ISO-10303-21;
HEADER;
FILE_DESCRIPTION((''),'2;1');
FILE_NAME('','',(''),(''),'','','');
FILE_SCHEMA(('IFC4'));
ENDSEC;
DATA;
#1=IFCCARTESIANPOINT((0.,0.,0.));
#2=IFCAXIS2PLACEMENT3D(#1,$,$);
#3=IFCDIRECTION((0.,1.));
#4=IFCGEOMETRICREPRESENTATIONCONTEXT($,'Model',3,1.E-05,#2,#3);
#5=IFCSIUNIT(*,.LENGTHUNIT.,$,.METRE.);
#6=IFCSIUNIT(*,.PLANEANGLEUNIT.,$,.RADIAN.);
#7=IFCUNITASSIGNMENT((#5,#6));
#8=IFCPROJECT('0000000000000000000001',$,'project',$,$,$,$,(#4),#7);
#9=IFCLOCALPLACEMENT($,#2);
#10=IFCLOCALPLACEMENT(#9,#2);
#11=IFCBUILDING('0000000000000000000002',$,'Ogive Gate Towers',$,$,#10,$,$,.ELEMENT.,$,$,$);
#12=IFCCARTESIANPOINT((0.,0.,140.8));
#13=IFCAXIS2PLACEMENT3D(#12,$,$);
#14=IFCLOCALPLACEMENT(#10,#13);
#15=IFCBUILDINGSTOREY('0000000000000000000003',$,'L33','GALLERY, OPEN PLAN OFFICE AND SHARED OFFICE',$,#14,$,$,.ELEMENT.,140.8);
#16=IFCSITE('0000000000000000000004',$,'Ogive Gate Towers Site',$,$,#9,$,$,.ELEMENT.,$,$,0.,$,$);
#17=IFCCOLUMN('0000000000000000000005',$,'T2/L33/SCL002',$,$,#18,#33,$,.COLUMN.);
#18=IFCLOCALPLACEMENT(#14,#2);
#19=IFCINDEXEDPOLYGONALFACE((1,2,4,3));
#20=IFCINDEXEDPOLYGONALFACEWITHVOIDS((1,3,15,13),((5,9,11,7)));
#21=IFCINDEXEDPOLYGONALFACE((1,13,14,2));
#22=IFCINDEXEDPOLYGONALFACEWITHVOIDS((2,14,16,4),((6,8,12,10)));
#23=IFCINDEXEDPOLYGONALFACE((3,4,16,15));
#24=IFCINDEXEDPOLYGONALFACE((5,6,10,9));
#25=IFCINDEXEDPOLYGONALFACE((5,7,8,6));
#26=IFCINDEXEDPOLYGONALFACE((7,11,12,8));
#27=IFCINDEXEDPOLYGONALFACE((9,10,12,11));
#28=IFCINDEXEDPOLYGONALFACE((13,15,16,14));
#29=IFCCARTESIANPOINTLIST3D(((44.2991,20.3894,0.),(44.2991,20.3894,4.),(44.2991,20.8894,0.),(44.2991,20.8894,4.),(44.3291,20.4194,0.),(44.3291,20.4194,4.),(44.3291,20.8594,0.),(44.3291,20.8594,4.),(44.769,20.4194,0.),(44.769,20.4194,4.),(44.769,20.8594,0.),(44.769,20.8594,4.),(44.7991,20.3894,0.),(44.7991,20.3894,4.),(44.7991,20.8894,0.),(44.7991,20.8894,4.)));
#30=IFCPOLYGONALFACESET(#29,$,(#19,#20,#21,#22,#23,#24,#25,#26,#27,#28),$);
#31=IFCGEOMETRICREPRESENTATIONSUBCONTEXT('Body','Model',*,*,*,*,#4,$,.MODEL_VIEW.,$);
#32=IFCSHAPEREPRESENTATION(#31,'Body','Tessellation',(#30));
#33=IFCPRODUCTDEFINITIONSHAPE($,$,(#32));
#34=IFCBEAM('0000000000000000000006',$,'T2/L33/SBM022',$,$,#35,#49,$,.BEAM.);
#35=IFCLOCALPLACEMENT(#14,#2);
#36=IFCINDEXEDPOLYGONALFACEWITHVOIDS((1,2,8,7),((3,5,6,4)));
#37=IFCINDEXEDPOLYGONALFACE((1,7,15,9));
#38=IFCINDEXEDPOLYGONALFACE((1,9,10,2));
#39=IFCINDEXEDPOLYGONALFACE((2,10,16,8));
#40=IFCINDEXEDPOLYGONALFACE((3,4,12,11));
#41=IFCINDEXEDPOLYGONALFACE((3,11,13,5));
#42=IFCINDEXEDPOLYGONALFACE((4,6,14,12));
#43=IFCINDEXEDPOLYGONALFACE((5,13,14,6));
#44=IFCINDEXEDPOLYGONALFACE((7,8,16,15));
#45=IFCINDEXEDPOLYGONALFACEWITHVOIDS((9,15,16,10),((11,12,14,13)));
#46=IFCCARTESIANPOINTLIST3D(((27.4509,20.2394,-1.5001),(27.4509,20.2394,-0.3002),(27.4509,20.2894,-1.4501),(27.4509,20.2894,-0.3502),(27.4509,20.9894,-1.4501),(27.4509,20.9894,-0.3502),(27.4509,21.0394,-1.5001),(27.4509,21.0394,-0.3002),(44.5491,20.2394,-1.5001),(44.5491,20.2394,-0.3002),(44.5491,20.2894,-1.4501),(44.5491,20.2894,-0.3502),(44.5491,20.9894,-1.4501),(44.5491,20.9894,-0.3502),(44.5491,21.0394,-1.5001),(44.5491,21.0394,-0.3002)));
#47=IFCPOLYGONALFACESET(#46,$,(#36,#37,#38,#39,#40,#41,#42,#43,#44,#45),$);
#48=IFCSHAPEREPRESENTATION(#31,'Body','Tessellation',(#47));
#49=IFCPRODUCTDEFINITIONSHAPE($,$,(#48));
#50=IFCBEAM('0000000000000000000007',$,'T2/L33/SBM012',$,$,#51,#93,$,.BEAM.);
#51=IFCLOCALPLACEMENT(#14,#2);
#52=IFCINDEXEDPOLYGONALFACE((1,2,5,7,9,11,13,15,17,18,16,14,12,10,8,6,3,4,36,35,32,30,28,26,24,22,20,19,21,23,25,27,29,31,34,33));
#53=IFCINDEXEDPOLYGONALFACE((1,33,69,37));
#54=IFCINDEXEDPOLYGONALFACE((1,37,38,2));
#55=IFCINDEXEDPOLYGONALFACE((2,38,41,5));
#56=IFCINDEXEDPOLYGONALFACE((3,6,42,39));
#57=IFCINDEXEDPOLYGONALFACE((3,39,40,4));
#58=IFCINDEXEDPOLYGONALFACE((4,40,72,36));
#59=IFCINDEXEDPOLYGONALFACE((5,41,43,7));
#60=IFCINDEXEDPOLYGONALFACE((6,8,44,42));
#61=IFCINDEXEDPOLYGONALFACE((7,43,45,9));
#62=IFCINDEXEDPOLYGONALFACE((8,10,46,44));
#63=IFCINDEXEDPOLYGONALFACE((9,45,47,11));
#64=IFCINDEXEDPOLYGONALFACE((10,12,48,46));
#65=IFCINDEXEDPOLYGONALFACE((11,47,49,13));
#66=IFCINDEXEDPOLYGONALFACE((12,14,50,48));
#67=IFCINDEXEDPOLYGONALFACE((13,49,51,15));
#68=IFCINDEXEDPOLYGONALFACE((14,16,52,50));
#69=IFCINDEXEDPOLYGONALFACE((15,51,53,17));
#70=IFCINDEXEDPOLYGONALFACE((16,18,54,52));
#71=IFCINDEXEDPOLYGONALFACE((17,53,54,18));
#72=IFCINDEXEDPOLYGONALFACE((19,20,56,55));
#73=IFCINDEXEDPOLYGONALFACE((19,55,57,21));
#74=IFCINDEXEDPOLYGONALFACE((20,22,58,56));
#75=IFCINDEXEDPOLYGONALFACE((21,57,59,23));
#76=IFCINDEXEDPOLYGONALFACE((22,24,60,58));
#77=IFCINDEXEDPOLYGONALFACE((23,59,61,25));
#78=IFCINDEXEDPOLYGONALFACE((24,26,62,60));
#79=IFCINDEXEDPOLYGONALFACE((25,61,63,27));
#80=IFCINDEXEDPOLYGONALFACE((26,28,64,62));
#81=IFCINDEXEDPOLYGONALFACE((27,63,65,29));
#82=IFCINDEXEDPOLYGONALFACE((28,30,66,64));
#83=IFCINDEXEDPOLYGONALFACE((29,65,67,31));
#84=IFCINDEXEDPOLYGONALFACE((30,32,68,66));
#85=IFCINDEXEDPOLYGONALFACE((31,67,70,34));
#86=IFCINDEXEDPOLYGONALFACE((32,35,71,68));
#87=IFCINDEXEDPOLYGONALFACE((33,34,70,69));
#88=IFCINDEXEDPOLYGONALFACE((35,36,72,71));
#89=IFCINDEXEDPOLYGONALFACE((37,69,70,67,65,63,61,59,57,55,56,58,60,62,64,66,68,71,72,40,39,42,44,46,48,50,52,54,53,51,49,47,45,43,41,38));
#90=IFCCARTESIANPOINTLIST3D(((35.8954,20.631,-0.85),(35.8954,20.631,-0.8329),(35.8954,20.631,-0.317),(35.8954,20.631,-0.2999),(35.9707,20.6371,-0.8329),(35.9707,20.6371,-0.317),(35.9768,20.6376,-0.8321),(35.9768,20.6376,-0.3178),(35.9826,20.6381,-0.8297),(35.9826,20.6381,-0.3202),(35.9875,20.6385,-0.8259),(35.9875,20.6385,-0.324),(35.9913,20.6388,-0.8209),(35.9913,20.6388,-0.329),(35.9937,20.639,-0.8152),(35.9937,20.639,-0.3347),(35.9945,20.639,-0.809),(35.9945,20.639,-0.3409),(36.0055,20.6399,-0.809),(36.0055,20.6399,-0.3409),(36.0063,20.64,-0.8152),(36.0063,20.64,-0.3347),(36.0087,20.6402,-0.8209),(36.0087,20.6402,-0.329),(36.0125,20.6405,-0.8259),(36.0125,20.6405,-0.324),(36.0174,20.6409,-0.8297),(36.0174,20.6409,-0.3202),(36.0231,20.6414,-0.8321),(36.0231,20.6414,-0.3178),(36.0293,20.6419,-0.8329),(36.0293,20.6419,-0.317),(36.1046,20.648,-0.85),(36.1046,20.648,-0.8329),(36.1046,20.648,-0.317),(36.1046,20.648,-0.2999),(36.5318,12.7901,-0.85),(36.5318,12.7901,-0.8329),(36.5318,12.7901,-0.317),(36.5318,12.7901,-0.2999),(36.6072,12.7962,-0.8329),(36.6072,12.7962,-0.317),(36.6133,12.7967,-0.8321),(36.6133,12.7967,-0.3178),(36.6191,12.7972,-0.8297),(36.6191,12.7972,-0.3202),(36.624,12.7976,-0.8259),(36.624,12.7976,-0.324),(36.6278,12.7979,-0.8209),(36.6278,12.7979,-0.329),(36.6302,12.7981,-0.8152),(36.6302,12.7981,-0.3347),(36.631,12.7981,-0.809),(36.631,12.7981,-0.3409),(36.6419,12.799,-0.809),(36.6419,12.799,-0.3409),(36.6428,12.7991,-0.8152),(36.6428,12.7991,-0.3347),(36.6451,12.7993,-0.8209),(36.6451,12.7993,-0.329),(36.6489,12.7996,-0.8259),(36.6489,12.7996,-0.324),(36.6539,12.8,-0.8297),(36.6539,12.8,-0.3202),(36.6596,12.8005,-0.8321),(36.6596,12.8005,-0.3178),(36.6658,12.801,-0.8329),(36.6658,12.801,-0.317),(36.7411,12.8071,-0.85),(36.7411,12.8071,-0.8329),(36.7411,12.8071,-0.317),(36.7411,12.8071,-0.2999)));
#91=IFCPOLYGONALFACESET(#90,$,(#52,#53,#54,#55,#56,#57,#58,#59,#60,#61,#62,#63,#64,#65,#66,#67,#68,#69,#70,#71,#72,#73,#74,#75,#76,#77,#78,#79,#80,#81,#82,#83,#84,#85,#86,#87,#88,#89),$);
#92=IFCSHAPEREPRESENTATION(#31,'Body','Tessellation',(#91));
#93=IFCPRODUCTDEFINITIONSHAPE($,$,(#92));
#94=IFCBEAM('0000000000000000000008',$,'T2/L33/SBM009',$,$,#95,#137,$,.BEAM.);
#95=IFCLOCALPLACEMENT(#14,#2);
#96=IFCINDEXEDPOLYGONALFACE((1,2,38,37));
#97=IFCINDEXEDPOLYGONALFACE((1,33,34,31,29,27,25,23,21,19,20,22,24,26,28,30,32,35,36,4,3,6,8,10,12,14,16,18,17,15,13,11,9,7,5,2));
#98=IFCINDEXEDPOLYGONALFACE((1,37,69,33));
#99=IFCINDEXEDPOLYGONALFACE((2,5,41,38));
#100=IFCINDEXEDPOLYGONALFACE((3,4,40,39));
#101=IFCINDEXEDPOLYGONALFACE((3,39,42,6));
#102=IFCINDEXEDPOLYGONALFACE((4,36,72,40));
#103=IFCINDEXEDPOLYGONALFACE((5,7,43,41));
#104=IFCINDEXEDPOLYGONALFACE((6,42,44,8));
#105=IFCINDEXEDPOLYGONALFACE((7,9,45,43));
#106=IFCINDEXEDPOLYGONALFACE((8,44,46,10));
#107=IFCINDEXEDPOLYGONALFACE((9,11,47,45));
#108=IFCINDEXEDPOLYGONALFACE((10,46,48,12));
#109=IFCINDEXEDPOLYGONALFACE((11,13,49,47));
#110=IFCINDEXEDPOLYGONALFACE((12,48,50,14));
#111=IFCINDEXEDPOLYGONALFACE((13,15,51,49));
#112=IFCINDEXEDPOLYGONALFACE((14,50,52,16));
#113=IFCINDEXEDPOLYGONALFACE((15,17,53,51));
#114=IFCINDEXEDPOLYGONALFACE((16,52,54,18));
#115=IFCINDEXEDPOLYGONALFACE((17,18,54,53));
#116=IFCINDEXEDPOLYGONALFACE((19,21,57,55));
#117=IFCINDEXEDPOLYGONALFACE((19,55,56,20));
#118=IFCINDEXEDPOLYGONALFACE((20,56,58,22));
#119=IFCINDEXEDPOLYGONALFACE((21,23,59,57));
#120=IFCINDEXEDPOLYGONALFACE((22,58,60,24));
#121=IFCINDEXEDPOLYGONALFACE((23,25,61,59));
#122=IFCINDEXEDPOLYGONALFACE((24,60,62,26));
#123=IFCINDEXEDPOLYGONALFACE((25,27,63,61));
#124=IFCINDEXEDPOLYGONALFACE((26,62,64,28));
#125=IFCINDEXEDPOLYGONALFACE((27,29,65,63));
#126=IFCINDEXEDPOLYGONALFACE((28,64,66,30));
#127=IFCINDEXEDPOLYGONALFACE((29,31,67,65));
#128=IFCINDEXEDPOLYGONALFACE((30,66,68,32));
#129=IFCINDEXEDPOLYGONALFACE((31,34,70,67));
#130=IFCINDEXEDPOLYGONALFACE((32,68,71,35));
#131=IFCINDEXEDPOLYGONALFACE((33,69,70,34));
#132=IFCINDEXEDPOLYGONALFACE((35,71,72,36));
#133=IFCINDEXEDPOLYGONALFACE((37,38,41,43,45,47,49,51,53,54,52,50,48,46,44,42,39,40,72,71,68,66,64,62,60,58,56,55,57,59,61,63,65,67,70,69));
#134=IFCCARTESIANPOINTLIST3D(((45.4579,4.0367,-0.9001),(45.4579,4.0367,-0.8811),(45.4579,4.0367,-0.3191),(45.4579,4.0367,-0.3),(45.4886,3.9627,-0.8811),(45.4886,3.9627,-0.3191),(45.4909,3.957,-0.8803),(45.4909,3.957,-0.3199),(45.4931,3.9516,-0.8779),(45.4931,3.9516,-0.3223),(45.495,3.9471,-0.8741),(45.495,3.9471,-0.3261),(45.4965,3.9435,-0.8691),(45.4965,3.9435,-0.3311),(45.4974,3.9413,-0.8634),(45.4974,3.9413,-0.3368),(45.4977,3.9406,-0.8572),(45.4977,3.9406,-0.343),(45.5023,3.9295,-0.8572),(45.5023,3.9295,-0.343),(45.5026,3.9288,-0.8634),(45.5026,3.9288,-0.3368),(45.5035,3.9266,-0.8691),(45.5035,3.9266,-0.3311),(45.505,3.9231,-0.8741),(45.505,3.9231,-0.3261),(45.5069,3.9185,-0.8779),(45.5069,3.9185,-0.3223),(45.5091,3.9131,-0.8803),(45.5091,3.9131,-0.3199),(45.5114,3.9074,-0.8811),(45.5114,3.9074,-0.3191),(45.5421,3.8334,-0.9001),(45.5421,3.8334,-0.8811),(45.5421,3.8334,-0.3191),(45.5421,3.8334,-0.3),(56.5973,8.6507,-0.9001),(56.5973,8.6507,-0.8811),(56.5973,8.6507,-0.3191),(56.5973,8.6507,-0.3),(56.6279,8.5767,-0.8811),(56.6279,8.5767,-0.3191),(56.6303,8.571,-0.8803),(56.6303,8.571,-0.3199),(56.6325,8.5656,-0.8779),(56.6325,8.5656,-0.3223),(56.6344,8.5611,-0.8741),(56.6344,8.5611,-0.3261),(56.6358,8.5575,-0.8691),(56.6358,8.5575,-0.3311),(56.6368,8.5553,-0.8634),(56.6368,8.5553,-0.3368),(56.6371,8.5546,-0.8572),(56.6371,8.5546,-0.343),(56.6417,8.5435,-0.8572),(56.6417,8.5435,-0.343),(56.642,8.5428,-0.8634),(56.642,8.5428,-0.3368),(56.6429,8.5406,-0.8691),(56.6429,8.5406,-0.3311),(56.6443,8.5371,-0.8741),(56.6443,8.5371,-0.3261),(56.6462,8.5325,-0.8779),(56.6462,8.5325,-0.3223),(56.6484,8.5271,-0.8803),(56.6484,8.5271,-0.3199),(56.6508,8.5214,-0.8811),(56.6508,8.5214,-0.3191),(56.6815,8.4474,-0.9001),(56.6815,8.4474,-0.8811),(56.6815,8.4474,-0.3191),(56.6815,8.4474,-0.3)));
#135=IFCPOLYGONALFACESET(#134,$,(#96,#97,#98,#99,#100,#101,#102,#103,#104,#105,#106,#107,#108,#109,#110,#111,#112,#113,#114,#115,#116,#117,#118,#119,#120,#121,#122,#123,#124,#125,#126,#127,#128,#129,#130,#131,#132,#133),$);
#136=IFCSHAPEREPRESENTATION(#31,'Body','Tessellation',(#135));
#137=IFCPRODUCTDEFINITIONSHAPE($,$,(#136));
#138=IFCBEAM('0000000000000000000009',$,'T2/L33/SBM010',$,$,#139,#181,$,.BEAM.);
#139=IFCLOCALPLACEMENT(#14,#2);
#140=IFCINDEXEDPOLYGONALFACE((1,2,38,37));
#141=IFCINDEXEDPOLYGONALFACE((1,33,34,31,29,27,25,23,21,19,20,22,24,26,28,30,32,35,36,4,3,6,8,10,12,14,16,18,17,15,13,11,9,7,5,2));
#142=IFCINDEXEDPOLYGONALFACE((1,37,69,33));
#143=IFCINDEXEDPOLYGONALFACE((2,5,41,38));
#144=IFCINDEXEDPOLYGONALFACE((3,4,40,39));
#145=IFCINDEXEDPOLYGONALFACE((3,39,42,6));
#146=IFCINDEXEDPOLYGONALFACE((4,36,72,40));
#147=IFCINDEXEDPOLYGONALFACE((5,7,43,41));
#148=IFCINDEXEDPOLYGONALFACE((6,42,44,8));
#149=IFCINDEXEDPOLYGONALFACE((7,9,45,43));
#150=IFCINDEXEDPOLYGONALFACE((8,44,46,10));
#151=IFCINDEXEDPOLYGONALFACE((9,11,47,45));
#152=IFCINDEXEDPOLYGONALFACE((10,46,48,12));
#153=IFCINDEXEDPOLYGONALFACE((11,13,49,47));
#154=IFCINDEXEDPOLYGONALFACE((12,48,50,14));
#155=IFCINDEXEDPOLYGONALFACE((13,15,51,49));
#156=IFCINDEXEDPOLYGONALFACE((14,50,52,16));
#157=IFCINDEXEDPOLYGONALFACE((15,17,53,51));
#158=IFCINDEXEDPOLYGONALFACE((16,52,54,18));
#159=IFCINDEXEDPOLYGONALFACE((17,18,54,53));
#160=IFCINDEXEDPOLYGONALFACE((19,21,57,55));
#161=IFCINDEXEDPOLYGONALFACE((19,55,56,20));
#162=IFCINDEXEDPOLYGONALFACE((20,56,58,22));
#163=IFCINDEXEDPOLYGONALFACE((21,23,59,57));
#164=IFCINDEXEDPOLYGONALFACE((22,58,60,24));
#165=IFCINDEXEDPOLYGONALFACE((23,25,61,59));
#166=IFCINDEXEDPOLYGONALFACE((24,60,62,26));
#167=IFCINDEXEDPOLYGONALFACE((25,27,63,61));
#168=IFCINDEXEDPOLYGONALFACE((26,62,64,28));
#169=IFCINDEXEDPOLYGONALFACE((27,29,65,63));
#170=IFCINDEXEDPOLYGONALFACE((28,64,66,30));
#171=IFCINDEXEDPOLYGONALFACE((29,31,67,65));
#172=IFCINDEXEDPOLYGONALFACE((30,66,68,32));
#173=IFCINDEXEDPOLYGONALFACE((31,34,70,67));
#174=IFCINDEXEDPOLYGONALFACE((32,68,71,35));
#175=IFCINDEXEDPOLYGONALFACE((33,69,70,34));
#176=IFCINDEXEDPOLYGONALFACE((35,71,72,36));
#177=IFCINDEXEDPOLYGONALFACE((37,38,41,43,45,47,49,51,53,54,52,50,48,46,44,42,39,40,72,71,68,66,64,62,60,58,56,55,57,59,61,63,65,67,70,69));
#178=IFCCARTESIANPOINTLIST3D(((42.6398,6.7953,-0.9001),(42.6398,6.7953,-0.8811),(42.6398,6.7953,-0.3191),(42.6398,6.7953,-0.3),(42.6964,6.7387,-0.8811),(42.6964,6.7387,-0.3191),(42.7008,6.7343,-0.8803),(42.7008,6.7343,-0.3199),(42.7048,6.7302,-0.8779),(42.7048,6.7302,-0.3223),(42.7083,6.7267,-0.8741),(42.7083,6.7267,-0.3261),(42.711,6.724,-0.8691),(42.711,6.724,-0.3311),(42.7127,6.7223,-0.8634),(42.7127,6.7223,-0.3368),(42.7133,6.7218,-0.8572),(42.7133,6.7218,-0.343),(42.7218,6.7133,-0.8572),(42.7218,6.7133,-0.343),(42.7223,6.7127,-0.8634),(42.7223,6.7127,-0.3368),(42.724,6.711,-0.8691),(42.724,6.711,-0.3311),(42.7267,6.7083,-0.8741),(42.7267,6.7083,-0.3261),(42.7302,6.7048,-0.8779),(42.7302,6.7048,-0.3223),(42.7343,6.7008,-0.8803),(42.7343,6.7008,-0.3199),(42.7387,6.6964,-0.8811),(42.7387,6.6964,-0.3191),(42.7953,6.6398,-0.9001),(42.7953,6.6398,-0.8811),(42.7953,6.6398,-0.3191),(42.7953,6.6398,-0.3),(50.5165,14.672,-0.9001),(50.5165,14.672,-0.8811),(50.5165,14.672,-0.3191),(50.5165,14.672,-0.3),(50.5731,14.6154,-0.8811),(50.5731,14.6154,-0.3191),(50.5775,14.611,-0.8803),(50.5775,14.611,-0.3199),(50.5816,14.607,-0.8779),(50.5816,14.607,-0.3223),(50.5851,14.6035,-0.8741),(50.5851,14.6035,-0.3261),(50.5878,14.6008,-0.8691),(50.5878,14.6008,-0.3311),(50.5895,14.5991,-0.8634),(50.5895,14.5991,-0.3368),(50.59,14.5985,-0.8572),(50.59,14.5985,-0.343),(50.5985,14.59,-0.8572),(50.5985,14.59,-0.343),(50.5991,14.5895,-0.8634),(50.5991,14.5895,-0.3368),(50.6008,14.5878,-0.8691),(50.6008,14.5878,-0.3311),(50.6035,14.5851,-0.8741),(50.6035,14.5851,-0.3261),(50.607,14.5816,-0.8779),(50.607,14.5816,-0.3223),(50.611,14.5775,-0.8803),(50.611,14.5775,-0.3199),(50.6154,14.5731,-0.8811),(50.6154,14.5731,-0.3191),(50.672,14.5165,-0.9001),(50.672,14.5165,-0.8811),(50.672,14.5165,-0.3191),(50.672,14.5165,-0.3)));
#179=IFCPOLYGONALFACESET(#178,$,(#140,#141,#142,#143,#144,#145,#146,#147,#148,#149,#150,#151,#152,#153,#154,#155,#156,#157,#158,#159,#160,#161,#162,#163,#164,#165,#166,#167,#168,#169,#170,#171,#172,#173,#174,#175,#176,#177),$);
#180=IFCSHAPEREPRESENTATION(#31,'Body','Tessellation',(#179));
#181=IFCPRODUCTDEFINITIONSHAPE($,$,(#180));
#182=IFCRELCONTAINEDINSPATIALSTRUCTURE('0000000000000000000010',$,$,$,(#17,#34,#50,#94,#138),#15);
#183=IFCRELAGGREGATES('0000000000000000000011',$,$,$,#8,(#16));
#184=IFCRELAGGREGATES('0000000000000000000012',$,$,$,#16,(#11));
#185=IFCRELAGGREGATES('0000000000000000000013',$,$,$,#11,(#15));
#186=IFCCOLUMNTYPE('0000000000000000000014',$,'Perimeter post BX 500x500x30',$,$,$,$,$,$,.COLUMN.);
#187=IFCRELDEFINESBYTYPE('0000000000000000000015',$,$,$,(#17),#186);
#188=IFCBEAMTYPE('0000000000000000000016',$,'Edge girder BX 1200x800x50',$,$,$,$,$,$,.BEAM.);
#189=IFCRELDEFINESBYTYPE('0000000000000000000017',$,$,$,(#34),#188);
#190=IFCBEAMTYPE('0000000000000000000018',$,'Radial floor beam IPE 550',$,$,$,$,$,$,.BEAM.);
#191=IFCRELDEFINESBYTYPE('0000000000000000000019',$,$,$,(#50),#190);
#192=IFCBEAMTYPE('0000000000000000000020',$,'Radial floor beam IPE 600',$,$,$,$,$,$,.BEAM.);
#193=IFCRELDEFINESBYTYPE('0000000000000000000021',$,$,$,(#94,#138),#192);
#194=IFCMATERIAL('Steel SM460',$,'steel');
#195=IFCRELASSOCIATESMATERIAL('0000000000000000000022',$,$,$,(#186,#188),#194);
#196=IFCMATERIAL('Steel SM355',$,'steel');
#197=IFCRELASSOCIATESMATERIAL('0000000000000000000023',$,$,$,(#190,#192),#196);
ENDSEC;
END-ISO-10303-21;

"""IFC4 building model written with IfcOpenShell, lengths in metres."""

from ifc_helpers import new_model, si_unit, direction, frame, origin, origin_2d, place, context, subcontext, project, spatial, hollow_rectangle, i_section, extrude, material, material_profile, profile_set, type_object, element, save


model = new_model("IFC4")

# Units and contexts
model_context = context("Model", 3, precision=1e-05, world=origin(), true_north=direction((0.0, 1.0)))
body_context = subcontext(model_context, "Body", "Model", "MODEL_VIEW")
ifc_project = project(units=[si_unit("LENGTHUNIT", "METRE"), si_unit("PLANEANGLEUNIT", "RADIAN")], contexts=[model_context])

# Site, building, storey
site_placement = place(None, origin())
site = spatial("IfcSite", under=ifc_project, at=site_placement, Name="Ogive Gate Towers Site", CompositionType="ELEMENT", RefElevation=0.0)
building_placement = place(site_placement, origin())
building = spatial("IfcBuilding", under=site, at=building_placement, Name="Ogive Gate Towers", CompositionType="ELEMENT")
storey_placement = place(building_placement, frame((0.0, 0.0, 140.8)))
storey = spatial("IfcBuildingStorey", under=building, at=storey_placement, Name="L33", Description="GALLERY, OPEN PLAN OFFICE AND SHARED OFFICE", CompositionType="ELEMENT", Elevation=140.8)

# Column
ifc_material_1 = material(Name="Steel SM460", Category="steel")
ifc_material_profile_1 = material_profile(ifc_material_1, hollow_rectangle(XDim=0.5, YDim=0.5, WallThickness=0.03, at=origin_2d()), Name="BX 500x500x30")
ifc_profile_set_1 = profile_set([ifc_material_profile_1], Name="Steel SM460")
column_type = type_object("IfcColumnType", Name="Perimeter post BX 500x500x30", PredefinedType="COLUMN", material=ifc_profile_set_1)
column_placement = place(storey_placement, frame((44.5491, 20.6394, 0.0), z_axis=(0.0, 0.0, 1.0), x_axis=(1.0, 0.0, 0.0)))
element("IfcColumn", 1, at=column_placement, inside=storey, type_object=column_type, Name="T2/L33/SCL002", PredefinedType="COLUMN", context=body_context, shape_type="SweptSolid", body=[
    extrude(hollow_rectangle(XDim=0.5, YDim=0.5, WallThickness=0.03, at=origin_2d()), origin(), (0.0, 0.0, 1.0), 4.0),
])

# Beams
ifc_material_profile_2 = material_profile(ifc_material_1, hollow_rectangle(XDim=0.8, YDim=1.2, WallThickness=0.05, at=origin_2d()), Name="BX 1200x800x50")
ifc_profile_set_2 = profile_set([ifc_material_profile_2], Name="Steel SM460")
beam_type_1 = type_object("IfcBeamType", Name="Edge girder BX 1200x800x50", PredefinedType="BEAM", material=ifc_profile_set_2)
beam_1_placement = place(storey_placement, frame((44.5491, 20.6394, -0.9001), z_axis=(-1.0, 0.0, 0.0), x_axis=(0.0, -1.0, 0.0)))
element("IfcBeam", 2, at=beam_1_placement, inside=storey, type_object=beam_type_1, Name="T2/L33/SBM022", PredefinedType="BEAM", context=body_context, shape_type="SweptSolid", body=[
    extrude(hollow_rectangle(XDim=0.8, YDim=1.2, WallThickness=0.05, at=origin_2d()), origin(), (0.0, 0.0, 1.0), 17.0981),
])
ifc_material_2 = material(Name="Steel SM355", Category="steel")
ifc_material_profile_3 = material_profile(ifc_material_2, i_section(OverallWidth=0.21, OverallDepth=0.55, WebThickness=0.011, FlangeThickness=0.0171, FilletRadius=0.0239, at=origin_2d()), Name="IPE 550")
ifc_profile_set_3 = profile_set([ifc_material_profile_3], Name="Steel SM355")
beam_type_2 = type_object("IfcBeamType", Name="Radial floor beam IPE 550", PredefinedType="BEAM", material=ifc_profile_set_3)
beam_2_placement = place(storey_placement, frame((36.6365, 12.7986, -0.575), z_axis=(-0.080908, 0.996722, 0.0), x_axis=(-0.996722, -0.080908, 0.0)))
element("IfcBeam", 3, at=beam_2_placement, inside=storey, type_object=beam_type_2, Name="T2/L33/SBM012", PredefinedType="BEAM", context=body_context, shape_type="SweptSolid", body=[
    extrude(i_section(OverallWidth=0.21, OverallDepth=0.55, WebThickness=0.011, FlangeThickness=0.0171, FilletRadius=0.0239, at=origin_2d()), origin(), (0.0, 0.0, 1.0), 7.8667),
])
ifc_material_profile_4 = material_profile(ifc_material_2, i_section(OverallWidth=0.22, OverallDepth=0.6001, WebThickness=0.012, FlangeThickness=0.019, FilletRadius=0.0239, at=origin_2d()), Name="IPE 600")
ifc_profile_set_4 = profile_set([ifc_material_profile_4], Name="Steel SM355")
beam_type_3 = type_object("IfcBeamType", Name="Radial floor beam IPE 600", PredefinedType="BEAM", material=ifc_profile_set_4)
beam_3_placement = place(storey_placement, frame((45.5, 3.9351, -0.6001), z_axis=(0.923882, 0.382678, 0.0), x_axis=(-0.382678, 0.923882, 0.0)))
element("IfcBeam", 4, at=beam_3_placement, inside=storey, type_object=beam_type_3, Name="T2/L33/SBM009", PredefinedType="BEAM", context=body_context, shape_type="SweptSolid", body=[
    extrude(i_section(OverallWidth=0.22, OverallDepth=0.6001, WebThickness=0.012, FlangeThickness=0.019, FilletRadius=0.0239, at=origin_2d()), origin(), (0.0, 0.0, 1.0), 12.0571),
])
beam_4_placement = place(storey_placement, frame((42.7175, 6.7175, -0.6001), z_axis=(0.707107, 0.707107, 0.0), x_axis=(-0.707107, 0.707107, 0.0)))
element("IfcBeam", 5, at=beam_4_placement, inside=storey, type_object=beam_type_3, Name="T2/L33/SBM010", PredefinedType="BEAM", context=body_context, shape_type="SweptSolid", body=[
    extrude(i_section(OverallWidth=0.22, OverallDepth=0.6001, WebThickness=0.012, FlangeThickness=0.019, FilletRadius=0.0239, at=origin_2d()), origin(), (0.0, 0.0, 1.0), 11.1394),
])

save(model, "model.ifc")
